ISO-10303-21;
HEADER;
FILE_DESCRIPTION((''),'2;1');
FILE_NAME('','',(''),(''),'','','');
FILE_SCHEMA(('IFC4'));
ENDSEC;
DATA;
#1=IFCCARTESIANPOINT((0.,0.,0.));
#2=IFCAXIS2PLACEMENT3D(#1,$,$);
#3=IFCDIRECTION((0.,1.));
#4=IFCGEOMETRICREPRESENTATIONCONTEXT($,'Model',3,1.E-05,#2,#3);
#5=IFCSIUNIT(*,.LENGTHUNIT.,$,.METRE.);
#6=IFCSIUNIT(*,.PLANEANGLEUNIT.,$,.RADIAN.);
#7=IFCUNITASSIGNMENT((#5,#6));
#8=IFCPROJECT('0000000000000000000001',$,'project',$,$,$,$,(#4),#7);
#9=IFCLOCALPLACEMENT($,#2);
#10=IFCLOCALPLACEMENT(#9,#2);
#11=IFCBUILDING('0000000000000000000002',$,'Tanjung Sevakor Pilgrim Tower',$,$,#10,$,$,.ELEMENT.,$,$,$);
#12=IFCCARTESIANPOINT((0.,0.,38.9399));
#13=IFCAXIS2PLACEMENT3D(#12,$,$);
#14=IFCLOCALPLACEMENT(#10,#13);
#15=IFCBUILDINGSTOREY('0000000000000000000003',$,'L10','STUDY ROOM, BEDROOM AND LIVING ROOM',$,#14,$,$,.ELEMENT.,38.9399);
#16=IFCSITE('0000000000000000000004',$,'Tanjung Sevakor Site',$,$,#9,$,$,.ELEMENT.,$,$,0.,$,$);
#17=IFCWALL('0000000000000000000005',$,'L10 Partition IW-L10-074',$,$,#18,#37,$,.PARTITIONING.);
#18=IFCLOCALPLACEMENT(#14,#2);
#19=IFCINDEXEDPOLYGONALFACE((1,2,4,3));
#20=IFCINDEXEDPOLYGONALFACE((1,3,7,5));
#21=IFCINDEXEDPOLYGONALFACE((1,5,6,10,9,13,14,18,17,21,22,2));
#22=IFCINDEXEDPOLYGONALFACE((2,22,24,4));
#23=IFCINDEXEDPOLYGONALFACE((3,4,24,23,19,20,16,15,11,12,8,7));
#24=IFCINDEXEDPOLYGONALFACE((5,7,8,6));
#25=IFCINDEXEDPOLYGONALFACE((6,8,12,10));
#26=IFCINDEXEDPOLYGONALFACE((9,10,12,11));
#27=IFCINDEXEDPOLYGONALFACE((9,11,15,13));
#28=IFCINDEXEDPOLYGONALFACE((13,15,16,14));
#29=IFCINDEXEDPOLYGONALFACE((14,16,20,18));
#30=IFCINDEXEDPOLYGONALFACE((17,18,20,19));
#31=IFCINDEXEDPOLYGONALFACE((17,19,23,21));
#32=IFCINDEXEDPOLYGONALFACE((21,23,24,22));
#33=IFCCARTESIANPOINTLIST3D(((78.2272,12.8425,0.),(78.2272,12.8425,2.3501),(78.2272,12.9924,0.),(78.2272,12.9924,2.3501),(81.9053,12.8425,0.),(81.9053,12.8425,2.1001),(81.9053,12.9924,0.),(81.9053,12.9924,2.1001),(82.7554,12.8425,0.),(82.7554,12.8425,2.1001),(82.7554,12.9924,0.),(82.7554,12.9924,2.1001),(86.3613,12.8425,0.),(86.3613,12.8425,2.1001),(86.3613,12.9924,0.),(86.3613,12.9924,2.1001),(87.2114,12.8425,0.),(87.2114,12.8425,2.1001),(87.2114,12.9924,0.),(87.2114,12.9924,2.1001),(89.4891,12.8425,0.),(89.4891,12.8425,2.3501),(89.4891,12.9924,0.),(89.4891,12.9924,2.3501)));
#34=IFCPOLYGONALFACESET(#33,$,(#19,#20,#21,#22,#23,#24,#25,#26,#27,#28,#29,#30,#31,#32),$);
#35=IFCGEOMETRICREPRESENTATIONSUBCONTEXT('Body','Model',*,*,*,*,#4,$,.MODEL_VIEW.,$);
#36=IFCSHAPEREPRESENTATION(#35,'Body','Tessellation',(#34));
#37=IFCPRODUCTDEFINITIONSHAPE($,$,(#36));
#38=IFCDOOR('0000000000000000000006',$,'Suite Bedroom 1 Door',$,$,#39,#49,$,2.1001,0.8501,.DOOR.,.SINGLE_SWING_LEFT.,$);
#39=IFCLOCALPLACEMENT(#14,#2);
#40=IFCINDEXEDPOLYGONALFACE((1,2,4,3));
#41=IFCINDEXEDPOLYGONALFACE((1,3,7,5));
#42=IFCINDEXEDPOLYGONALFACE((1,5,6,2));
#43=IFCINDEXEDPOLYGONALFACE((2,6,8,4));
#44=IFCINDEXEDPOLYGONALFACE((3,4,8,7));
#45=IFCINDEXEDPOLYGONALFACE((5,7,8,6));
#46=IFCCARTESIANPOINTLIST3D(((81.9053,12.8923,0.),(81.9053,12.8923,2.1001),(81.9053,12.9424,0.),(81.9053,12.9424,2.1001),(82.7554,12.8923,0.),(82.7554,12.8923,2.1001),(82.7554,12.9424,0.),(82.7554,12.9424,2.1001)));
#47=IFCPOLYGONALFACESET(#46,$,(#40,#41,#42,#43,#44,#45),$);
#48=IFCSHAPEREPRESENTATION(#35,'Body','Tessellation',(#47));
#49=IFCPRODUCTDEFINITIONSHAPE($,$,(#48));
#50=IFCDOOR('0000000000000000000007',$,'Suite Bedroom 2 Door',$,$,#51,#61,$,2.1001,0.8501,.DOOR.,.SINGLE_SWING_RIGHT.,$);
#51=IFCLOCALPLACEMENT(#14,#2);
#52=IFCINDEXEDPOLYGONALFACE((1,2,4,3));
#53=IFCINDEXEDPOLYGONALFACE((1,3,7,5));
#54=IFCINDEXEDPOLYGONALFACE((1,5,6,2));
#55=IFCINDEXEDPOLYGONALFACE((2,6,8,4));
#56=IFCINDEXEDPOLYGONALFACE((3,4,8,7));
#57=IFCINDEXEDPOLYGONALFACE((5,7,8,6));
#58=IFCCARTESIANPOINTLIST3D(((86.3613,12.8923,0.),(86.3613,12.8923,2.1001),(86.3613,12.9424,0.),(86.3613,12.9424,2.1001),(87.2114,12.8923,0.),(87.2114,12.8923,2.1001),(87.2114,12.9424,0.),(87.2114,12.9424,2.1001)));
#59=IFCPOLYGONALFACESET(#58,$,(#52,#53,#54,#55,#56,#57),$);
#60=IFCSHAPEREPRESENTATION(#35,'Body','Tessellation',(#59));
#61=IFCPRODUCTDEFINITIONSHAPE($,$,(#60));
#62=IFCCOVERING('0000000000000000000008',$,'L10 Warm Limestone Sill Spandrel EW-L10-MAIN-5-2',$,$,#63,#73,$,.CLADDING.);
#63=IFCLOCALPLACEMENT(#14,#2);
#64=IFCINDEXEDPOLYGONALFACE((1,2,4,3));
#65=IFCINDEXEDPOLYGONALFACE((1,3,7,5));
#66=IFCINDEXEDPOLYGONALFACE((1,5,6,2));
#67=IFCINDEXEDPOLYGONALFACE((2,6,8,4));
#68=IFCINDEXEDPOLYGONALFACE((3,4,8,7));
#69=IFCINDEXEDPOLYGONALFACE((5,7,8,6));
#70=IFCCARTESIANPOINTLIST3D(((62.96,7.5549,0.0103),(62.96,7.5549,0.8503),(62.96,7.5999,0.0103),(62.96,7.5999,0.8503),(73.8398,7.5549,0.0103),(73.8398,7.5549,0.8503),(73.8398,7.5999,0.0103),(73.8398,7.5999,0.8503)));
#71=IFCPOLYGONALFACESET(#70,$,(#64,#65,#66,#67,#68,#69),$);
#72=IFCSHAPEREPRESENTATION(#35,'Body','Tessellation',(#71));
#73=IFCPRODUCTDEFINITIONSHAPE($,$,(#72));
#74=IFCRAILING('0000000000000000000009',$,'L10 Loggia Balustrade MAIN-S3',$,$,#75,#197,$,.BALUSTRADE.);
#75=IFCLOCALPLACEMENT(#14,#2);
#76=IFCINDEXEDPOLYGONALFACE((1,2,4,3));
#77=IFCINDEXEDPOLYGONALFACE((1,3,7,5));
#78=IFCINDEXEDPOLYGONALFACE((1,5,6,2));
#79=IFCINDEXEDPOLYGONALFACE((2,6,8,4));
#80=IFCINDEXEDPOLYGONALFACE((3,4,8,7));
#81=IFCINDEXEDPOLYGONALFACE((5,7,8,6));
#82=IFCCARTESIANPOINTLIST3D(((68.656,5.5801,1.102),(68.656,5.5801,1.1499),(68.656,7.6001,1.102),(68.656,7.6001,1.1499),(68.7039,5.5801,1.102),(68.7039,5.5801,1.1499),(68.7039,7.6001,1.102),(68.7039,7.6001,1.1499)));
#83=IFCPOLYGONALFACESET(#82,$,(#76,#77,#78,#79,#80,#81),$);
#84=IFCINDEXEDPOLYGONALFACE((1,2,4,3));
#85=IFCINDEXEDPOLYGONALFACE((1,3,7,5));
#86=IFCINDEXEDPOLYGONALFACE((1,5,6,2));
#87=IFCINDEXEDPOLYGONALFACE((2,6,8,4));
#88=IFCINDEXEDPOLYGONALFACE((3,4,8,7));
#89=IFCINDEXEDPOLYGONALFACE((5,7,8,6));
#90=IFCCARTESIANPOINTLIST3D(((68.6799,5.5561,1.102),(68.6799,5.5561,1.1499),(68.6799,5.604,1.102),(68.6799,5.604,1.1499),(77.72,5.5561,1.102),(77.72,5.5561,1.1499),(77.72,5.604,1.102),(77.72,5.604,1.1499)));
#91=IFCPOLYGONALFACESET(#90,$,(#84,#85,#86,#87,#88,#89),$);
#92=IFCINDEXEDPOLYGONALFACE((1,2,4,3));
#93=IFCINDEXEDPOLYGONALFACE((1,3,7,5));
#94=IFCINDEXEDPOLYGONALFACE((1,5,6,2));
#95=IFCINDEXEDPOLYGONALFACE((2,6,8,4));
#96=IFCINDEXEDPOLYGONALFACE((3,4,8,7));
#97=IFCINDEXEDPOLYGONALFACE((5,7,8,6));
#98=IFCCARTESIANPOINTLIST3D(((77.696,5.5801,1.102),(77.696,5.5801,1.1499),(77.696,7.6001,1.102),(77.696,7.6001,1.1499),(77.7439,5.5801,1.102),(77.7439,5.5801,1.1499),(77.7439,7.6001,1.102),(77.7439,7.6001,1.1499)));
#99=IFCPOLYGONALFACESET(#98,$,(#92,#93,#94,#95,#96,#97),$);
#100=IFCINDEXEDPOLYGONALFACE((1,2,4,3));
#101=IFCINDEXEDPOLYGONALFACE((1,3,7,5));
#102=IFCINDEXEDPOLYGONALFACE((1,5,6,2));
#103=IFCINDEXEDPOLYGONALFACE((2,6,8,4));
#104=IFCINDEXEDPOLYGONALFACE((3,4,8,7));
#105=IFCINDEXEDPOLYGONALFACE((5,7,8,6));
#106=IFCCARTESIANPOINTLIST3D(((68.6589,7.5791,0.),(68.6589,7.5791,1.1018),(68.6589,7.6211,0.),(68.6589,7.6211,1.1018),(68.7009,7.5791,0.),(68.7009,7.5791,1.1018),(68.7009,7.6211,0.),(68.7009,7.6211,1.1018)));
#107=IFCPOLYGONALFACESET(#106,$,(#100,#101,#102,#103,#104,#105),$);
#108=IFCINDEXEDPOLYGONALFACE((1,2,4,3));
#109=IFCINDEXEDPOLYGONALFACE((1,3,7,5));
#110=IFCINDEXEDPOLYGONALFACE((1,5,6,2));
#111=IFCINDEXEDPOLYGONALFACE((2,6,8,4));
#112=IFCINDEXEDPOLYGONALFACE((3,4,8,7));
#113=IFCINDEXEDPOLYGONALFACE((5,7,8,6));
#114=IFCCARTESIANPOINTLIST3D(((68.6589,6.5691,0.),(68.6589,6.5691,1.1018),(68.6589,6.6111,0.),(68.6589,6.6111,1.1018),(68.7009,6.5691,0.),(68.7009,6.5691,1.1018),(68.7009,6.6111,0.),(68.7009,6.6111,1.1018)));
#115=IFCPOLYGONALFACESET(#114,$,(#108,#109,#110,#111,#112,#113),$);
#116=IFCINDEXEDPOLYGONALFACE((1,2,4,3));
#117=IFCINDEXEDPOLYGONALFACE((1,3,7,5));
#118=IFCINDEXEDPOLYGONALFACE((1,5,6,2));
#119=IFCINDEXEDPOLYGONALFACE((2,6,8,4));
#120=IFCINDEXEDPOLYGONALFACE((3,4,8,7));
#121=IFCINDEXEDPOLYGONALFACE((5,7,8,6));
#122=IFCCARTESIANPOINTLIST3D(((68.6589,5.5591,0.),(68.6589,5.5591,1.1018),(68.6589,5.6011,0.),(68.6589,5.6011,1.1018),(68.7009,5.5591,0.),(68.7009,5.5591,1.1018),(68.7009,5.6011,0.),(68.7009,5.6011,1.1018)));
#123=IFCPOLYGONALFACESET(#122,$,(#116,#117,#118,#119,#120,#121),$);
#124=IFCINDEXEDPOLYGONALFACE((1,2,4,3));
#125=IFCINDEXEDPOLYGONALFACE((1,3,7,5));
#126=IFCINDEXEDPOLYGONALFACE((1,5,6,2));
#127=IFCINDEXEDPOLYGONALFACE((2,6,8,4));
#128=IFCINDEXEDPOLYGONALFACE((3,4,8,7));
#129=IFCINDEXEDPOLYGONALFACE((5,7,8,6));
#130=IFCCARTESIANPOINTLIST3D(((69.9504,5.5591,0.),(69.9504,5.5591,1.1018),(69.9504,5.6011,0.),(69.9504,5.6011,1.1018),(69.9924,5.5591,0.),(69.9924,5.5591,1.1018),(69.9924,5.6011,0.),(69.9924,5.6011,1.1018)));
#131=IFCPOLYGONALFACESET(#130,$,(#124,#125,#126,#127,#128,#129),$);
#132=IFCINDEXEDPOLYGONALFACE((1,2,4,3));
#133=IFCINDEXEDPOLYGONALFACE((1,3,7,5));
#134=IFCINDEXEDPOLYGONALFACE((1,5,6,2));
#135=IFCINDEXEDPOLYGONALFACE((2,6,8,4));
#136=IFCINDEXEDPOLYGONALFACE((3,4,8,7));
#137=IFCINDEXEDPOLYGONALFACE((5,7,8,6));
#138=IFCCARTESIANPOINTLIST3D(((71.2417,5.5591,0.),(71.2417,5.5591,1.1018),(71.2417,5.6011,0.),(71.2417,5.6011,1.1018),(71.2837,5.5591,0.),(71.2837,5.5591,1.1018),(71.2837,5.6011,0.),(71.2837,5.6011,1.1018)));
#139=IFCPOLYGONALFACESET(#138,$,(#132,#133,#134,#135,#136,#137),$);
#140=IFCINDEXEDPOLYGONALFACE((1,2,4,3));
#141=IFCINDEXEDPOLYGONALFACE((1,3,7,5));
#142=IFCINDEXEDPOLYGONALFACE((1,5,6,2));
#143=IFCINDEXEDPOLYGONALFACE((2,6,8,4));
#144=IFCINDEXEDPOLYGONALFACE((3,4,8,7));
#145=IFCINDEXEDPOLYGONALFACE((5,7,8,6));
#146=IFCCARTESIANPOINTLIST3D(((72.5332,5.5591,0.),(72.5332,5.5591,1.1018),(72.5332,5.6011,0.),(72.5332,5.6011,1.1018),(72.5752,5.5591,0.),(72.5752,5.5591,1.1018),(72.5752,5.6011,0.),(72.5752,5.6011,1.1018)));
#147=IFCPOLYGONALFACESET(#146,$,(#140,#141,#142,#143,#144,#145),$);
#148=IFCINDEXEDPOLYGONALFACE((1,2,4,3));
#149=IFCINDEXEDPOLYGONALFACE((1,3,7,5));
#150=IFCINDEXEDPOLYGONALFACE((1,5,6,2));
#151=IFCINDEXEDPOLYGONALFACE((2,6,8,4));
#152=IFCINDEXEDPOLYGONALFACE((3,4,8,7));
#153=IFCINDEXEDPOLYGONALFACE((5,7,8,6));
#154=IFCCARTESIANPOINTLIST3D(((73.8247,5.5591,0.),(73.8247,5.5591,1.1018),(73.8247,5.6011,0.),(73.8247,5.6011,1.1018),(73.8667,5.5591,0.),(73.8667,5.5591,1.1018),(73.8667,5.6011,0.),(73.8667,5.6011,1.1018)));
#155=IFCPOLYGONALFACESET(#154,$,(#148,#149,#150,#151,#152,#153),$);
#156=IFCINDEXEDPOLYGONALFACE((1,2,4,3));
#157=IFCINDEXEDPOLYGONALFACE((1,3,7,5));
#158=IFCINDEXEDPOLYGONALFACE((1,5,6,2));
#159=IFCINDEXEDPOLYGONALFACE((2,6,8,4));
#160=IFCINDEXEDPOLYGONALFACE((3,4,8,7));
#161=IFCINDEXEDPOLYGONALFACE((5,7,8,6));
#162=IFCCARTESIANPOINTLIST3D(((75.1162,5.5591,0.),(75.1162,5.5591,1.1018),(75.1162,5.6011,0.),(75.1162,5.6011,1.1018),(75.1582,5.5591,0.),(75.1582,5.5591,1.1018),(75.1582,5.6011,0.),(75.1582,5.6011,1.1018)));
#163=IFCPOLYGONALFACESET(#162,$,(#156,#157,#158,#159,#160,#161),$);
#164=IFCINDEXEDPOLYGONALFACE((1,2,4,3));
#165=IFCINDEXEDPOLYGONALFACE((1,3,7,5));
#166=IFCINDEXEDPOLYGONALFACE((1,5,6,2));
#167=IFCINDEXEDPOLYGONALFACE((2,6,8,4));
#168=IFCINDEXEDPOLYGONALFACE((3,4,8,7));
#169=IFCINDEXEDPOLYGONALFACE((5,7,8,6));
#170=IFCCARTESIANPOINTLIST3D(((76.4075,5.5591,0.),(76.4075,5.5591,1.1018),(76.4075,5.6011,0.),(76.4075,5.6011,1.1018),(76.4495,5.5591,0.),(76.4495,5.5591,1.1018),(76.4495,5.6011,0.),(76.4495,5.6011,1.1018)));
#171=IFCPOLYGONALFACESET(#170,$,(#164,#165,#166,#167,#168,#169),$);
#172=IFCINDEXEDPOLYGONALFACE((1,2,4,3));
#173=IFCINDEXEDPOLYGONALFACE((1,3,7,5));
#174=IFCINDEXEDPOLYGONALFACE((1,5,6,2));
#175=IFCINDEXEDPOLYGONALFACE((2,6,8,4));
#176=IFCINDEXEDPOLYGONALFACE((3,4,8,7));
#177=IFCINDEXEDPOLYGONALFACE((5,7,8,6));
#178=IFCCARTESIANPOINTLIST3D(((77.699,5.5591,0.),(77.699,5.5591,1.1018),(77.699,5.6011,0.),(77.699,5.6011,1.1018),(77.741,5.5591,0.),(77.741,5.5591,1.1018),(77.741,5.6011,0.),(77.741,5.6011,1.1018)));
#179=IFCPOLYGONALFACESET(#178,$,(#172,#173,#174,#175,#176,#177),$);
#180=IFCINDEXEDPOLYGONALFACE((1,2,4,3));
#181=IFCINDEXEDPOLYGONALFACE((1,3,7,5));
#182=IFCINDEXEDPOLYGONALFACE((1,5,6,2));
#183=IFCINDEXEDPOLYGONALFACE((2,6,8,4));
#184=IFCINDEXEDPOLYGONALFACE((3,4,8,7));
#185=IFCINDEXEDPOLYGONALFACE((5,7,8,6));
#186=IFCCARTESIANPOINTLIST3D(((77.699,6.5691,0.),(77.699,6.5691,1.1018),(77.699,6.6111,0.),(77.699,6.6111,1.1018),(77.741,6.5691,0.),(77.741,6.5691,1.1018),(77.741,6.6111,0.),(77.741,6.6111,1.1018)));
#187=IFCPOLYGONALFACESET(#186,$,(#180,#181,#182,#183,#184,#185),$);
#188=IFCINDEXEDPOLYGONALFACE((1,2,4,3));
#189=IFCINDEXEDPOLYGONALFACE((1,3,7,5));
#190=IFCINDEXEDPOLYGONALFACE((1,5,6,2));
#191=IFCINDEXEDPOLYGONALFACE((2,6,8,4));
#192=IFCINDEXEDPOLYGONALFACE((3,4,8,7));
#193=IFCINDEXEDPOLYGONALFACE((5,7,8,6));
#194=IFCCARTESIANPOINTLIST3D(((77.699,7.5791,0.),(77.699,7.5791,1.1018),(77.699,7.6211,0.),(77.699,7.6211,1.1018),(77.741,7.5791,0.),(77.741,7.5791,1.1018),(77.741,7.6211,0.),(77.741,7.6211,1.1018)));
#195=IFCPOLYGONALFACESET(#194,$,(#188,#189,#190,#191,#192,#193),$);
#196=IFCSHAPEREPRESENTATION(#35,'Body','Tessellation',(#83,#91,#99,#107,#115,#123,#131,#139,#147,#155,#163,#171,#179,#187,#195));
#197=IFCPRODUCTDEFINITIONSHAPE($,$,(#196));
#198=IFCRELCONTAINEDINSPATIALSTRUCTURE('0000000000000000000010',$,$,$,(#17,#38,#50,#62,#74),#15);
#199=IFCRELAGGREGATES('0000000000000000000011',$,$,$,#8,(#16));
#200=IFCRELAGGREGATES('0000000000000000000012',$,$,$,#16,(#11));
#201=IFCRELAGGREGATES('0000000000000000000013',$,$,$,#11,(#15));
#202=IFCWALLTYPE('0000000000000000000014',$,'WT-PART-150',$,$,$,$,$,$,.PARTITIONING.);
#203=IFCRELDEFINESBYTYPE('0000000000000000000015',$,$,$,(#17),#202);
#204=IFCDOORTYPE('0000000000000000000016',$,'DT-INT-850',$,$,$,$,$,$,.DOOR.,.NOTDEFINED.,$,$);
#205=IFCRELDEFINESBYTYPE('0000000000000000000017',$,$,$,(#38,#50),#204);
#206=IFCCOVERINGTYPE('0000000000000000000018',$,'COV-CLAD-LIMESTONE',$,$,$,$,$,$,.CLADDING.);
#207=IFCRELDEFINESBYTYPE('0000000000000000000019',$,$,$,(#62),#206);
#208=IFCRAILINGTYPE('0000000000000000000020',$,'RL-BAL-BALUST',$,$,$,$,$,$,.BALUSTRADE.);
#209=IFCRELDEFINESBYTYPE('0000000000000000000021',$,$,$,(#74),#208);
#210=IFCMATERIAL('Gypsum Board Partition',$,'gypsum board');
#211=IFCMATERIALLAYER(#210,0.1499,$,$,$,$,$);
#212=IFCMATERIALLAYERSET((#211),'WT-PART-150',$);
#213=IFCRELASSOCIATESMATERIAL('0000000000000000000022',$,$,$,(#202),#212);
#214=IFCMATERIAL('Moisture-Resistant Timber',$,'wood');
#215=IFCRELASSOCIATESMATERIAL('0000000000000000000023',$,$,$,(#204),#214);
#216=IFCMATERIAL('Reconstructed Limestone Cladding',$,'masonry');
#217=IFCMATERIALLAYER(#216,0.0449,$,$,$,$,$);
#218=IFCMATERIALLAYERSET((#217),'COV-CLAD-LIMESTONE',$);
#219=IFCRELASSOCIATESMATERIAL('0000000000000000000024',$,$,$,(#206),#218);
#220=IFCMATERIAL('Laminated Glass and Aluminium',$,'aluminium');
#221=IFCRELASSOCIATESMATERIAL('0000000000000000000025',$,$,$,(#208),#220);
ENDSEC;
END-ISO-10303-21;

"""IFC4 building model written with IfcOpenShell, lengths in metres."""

from ifc_helpers import new_model, si_unit, direction, frame, frame_2d, origin, origin_2d, place, context, subcontext, project, spatial, rectangle, extrude, material, layer, layer_set, type_object, element, fill, save


model = new_model("IFC4")

# Units and contexts
model_context = context("Model", 3, precision=1e-05, world=origin(), true_north=direction((0.0, 1.0)))
body_context = subcontext(model_context, "Body", "Model", "MODEL_VIEW")
ifc_project = project(units=[si_unit("LENGTHUNIT", "METRE"), si_unit("PLANEANGLEUNIT", "RADIAN")], contexts=[model_context])

# Site, building, storey
site_placement = place(None, origin())
site = spatial("IfcSite", under=ifc_project, at=site_placement, Name="Tanjung Sevakor Site", CompositionType="ELEMENT", RefElevation=0.0)
building_placement = place(site_placement, origin())
building = spatial("IfcBuilding", under=site, at=building_placement, Name="Tanjung Sevakor Pilgrim Tower", CompositionType="ELEMENT")
storey_placement = place(building_placement, frame((0.0, 0.0, 38.9399)))
storey = spatial("IfcBuildingStorey", under=building, at=storey_placement, Name="L10", Description="STUDY ROOM, BEDROOM AND LIVING ROOM", CompositionType="ELEMENT", Elevation=38.9399)

# Shared definitions
ifc_material_1 = material(Name="Gypsum Board Partition", Category="gypsum board")
ifc_layer_1 = layer(ifc_material_1, 0.1499)
ifc_layer_set_1 = layer_set([ifc_layer_1], Name="WT-PART-150")
wall_type_1 = type_object("IfcWallType", Name="WT-PART-150", PredefinedType="PARTITIONING", material=ifc_layer_set_1)

# Wall, openings, doors
wall_1_placement = place(storey_placement, frame((78.2273, 12.9175, 0.0), z_axis=(0.0, 0.0, 1.0), x_axis=(1.0, 0.0, 0.0)))
wall_1 = element("IfcWall", 1, at=wall_1_placement, inside=storey, type_object=wall_type_1, Name="L10 Partition IW-L10-074", PredefinedType="PARTITIONING", context=body_context, shape_type="SweptSolid", body=[
    extrude(rectangle(XDim=11.262, YDim=0.1499, at=frame_2d((5.6309, 0.0))), origin(), (0.0, 0.0, 1.0), 2.3501),
])
opening_1_placement = place(wall_1_placement, frame((3.678, 0.0, 0.0)))
opening_1 = element("IfcOpeningElement", 2, at=opening_1_placement, cuts=wall_1, PredefinedType="OPENING", context=body_context, shape_type="SweptSolid", body=[
    extrude(rectangle(XDim=0.8501, YDim=2.1001, at=frame_2d((0.425, 1.05))), frame((0.0, 0.085, 0.0), z_axis=(0.0, -1.0, 0.0), x_axis=(1.0, 0.0, 0.0)), (0.0, 0.0, 1.0), 0.1699),
])
opening_2_placement = place(wall_1_placement, frame((8.134, 0.0, 0.0)))
opening_2 = element("IfcOpeningElement", 3, at=opening_2_placement, cuts=wall_1, PredefinedType="OPENING", context=body_context, shape_type="SweptSolid", body=[
    extrude(rectangle(XDim=0.8501, YDim=2.1001, at=frame_2d((0.425, 1.05))), frame((0.0, 0.085, 0.0), z_axis=(0.0, -1.0, 0.0), x_axis=(1.0, 0.0, 0.0)), (0.0, 0.0, 1.0), 0.1699),
])
ifc_material_2 = material(Name="Moisture-Resistant Timber", Category="wood")
door_type_1 = type_object("IfcDoorType", Name="DT-INT-850", OperationType="NOTDEFINED", PredefinedType="DOOR", material=ifc_material_2)
door_1_placement = place(opening_1_placement, origin())
door_1 = element("IfcDoor", 4, at=door_1_placement, inside=storey, type_object=door_type_1, Name="Suite Bedroom 1 Door", OperationType="SINGLE_SWING_LEFT", OverallHeight=2.1001, OverallWidth=0.8501, PredefinedType="DOOR", context=body_context, shape_type="SweptSolid", body=[
    extrude(rectangle(XDim=0.8501, YDim=2.1001, at=frame_2d((0.425, 1.05))), frame((0.0, 0.0249, 0.0), z_axis=(0.0, -1.0, 0.0), x_axis=(1.0, 0.0, 0.0)), (0.0, 0.0, 1.0), 0.05),
])
fill(opening_1, door_1)
door_2_placement = place(opening_2_placement, origin())
door_2 = element("IfcDoor", 5, at=door_2_placement, inside=storey, type_object=door_type_1, Name="Suite Bedroom 2 Door", OperationType="SINGLE_SWING_RIGHT", OverallHeight=2.1001, OverallWidth=0.8501, PredefinedType="DOOR", context=body_context, shape_type="SweptSolid", body=[
    extrude(rectangle(XDim=0.8501, YDim=2.1001, at=frame_2d((0.425, 1.05))), frame((0.0, 0.0249, 0.0), z_axis=(0.0, -1.0, 0.0), x_axis=(1.0, 0.0, 0.0)), (0.0, 0.0, 1.0), 0.05),
])
fill(opening_2, door_2)

# Covering
ifc_material_3 = material(Name="Reconstructed Limestone Cladding", Category="masonry")
ifc_layer_2 = layer(ifc_material_3, 0.0449)
ifc_layer_set_2 = layer_set([ifc_layer_2], Name="COV-CLAD-LIMESTONE")
covering_type = type_object("IfcCoveringType", Name="COV-CLAD-LIMESTONE", PredefinedType="CLADDING", material=ifc_layer_set_2)
covering_placement = place(storey_placement, frame((68.3999, 7.5774, 0.0103), z_axis=(0.0, 0.0, 1.0), x_axis=(1.0, 0.0, 0.0)))
element("IfcCovering", 6, at=covering_placement, inside=storey, type_object=covering_type, Name="L10 Warm Limestone Sill Spandrel EW-L10-MAIN-5-2", PredefinedType="CLADDING", context=body_context, shape_type="SweptSolid", body=[
    extrude(rectangle(XDim=10.8799, YDim=0.0449, at=origin_2d()), origin(), (0.0, 0.0, 1.0), 0.8401),
])

# Railing
ifc_material_4 = material(Name="Laminated Glass and Aluminium", Category="aluminium")
railing_type = type_object("IfcRailingType", Name="RL-BAL-BALUST", PredefinedType="BALUSTRADE", material=ifc_material_4)
railing_placement = place(storey_placement, frame((68.6799, 7.6001, 0.0)))
element("IfcRailing", 7, at=railing_placement, inside=storey, type_object=railing_type, Name="L10 Loggia Balustrade MAIN-S3", PredefinedType="BALUSTRADE", context=body_context, shape_type="SweptSolid", body=[
    extrude(rectangle(XDim=0.0479, YDim=0.0479), frame((0.0, 0.0, 1.126), z_axis=(0.0, -1.0, 0.0), x_axis=(1.0, 0.0, 0.0)), (0.0, 0.0, 1.0), 2.02),
    extrude(rectangle(XDim=0.0479, YDim=0.0479), frame((0.0, -2.02, 1.126), z_axis=(1.0, 0.0, 0.0), x_axis=(0.0, 1.0, 0.0)), (0.0, 0.0, 1.0), 9.04),
    extrude(rectangle(XDim=0.0479, YDim=0.0479), frame((9.04, -2.02, 1.126), z_axis=(0.0, 1.0, 0.0), x_axis=(-1.0, 0.0, 0.0)), (0.0, 0.0, 1.0), 2.02),
    extrude(rectangle(XDim=0.042, YDim=0.042), origin(), (0.0, 0.0, 1.0), 1.1018),
    extrude(rectangle(XDim=0.042, YDim=0.042), frame((0.0, -1.01, 0.0)), (0.0, 0.0, 1.0), 1.1018),
    extrude(rectangle(XDim=0.042, YDim=0.042), frame((0.0, -2.02, 0.0)), (0.0, 0.0, 1.0), 1.1018),
    extrude(rectangle(XDim=0.042, YDim=0.042), frame((1.2915, -2.02, 0.0)), (0.0, 0.0, 1.0), 1.1018),
    extrude(rectangle(XDim=0.042, YDim=0.042), frame((2.5828, -2.02, 0.0)), (0.0, 0.0, 1.0), 1.1018),
    extrude(rectangle(XDim=0.042, YDim=0.042), frame((3.8743, -2.02, 0.0)), (0.0, 0.0, 1.0), 1.1018),
    extrude(rectangle(XDim=0.042, YDim=0.042), frame((5.1658, -2.02, 0.0)), (0.0, 0.0, 1.0), 1.1018),
    extrude(rectangle(XDim=0.042, YDim=0.042), frame((6.4573, -2.02, 0.0)), (0.0, 0.0, 1.0), 1.1018),
    extrude(rectangle(XDim=0.042, YDim=0.042), frame((7.7485, -2.02, 0.0)), (0.0, 0.0, 1.0), 1.1018),
    extrude(rectangle(XDim=0.042, YDim=0.042), frame((9.04, -2.02, 0.0)), (0.0, 0.0, 1.0), 1.1018),
    extrude(rectangle(XDim=0.042, YDim=0.042), frame((9.04, -1.01, 0.0)), (0.0, 0.0, 1.0), 1.1018),
    extrude(rectangle(XDim=0.042, YDim=0.042), frame((9.04, 0.0, 0.0)), (0.0, 0.0, 1.0), 1.1018),
])

save(model, "model.ifc")
